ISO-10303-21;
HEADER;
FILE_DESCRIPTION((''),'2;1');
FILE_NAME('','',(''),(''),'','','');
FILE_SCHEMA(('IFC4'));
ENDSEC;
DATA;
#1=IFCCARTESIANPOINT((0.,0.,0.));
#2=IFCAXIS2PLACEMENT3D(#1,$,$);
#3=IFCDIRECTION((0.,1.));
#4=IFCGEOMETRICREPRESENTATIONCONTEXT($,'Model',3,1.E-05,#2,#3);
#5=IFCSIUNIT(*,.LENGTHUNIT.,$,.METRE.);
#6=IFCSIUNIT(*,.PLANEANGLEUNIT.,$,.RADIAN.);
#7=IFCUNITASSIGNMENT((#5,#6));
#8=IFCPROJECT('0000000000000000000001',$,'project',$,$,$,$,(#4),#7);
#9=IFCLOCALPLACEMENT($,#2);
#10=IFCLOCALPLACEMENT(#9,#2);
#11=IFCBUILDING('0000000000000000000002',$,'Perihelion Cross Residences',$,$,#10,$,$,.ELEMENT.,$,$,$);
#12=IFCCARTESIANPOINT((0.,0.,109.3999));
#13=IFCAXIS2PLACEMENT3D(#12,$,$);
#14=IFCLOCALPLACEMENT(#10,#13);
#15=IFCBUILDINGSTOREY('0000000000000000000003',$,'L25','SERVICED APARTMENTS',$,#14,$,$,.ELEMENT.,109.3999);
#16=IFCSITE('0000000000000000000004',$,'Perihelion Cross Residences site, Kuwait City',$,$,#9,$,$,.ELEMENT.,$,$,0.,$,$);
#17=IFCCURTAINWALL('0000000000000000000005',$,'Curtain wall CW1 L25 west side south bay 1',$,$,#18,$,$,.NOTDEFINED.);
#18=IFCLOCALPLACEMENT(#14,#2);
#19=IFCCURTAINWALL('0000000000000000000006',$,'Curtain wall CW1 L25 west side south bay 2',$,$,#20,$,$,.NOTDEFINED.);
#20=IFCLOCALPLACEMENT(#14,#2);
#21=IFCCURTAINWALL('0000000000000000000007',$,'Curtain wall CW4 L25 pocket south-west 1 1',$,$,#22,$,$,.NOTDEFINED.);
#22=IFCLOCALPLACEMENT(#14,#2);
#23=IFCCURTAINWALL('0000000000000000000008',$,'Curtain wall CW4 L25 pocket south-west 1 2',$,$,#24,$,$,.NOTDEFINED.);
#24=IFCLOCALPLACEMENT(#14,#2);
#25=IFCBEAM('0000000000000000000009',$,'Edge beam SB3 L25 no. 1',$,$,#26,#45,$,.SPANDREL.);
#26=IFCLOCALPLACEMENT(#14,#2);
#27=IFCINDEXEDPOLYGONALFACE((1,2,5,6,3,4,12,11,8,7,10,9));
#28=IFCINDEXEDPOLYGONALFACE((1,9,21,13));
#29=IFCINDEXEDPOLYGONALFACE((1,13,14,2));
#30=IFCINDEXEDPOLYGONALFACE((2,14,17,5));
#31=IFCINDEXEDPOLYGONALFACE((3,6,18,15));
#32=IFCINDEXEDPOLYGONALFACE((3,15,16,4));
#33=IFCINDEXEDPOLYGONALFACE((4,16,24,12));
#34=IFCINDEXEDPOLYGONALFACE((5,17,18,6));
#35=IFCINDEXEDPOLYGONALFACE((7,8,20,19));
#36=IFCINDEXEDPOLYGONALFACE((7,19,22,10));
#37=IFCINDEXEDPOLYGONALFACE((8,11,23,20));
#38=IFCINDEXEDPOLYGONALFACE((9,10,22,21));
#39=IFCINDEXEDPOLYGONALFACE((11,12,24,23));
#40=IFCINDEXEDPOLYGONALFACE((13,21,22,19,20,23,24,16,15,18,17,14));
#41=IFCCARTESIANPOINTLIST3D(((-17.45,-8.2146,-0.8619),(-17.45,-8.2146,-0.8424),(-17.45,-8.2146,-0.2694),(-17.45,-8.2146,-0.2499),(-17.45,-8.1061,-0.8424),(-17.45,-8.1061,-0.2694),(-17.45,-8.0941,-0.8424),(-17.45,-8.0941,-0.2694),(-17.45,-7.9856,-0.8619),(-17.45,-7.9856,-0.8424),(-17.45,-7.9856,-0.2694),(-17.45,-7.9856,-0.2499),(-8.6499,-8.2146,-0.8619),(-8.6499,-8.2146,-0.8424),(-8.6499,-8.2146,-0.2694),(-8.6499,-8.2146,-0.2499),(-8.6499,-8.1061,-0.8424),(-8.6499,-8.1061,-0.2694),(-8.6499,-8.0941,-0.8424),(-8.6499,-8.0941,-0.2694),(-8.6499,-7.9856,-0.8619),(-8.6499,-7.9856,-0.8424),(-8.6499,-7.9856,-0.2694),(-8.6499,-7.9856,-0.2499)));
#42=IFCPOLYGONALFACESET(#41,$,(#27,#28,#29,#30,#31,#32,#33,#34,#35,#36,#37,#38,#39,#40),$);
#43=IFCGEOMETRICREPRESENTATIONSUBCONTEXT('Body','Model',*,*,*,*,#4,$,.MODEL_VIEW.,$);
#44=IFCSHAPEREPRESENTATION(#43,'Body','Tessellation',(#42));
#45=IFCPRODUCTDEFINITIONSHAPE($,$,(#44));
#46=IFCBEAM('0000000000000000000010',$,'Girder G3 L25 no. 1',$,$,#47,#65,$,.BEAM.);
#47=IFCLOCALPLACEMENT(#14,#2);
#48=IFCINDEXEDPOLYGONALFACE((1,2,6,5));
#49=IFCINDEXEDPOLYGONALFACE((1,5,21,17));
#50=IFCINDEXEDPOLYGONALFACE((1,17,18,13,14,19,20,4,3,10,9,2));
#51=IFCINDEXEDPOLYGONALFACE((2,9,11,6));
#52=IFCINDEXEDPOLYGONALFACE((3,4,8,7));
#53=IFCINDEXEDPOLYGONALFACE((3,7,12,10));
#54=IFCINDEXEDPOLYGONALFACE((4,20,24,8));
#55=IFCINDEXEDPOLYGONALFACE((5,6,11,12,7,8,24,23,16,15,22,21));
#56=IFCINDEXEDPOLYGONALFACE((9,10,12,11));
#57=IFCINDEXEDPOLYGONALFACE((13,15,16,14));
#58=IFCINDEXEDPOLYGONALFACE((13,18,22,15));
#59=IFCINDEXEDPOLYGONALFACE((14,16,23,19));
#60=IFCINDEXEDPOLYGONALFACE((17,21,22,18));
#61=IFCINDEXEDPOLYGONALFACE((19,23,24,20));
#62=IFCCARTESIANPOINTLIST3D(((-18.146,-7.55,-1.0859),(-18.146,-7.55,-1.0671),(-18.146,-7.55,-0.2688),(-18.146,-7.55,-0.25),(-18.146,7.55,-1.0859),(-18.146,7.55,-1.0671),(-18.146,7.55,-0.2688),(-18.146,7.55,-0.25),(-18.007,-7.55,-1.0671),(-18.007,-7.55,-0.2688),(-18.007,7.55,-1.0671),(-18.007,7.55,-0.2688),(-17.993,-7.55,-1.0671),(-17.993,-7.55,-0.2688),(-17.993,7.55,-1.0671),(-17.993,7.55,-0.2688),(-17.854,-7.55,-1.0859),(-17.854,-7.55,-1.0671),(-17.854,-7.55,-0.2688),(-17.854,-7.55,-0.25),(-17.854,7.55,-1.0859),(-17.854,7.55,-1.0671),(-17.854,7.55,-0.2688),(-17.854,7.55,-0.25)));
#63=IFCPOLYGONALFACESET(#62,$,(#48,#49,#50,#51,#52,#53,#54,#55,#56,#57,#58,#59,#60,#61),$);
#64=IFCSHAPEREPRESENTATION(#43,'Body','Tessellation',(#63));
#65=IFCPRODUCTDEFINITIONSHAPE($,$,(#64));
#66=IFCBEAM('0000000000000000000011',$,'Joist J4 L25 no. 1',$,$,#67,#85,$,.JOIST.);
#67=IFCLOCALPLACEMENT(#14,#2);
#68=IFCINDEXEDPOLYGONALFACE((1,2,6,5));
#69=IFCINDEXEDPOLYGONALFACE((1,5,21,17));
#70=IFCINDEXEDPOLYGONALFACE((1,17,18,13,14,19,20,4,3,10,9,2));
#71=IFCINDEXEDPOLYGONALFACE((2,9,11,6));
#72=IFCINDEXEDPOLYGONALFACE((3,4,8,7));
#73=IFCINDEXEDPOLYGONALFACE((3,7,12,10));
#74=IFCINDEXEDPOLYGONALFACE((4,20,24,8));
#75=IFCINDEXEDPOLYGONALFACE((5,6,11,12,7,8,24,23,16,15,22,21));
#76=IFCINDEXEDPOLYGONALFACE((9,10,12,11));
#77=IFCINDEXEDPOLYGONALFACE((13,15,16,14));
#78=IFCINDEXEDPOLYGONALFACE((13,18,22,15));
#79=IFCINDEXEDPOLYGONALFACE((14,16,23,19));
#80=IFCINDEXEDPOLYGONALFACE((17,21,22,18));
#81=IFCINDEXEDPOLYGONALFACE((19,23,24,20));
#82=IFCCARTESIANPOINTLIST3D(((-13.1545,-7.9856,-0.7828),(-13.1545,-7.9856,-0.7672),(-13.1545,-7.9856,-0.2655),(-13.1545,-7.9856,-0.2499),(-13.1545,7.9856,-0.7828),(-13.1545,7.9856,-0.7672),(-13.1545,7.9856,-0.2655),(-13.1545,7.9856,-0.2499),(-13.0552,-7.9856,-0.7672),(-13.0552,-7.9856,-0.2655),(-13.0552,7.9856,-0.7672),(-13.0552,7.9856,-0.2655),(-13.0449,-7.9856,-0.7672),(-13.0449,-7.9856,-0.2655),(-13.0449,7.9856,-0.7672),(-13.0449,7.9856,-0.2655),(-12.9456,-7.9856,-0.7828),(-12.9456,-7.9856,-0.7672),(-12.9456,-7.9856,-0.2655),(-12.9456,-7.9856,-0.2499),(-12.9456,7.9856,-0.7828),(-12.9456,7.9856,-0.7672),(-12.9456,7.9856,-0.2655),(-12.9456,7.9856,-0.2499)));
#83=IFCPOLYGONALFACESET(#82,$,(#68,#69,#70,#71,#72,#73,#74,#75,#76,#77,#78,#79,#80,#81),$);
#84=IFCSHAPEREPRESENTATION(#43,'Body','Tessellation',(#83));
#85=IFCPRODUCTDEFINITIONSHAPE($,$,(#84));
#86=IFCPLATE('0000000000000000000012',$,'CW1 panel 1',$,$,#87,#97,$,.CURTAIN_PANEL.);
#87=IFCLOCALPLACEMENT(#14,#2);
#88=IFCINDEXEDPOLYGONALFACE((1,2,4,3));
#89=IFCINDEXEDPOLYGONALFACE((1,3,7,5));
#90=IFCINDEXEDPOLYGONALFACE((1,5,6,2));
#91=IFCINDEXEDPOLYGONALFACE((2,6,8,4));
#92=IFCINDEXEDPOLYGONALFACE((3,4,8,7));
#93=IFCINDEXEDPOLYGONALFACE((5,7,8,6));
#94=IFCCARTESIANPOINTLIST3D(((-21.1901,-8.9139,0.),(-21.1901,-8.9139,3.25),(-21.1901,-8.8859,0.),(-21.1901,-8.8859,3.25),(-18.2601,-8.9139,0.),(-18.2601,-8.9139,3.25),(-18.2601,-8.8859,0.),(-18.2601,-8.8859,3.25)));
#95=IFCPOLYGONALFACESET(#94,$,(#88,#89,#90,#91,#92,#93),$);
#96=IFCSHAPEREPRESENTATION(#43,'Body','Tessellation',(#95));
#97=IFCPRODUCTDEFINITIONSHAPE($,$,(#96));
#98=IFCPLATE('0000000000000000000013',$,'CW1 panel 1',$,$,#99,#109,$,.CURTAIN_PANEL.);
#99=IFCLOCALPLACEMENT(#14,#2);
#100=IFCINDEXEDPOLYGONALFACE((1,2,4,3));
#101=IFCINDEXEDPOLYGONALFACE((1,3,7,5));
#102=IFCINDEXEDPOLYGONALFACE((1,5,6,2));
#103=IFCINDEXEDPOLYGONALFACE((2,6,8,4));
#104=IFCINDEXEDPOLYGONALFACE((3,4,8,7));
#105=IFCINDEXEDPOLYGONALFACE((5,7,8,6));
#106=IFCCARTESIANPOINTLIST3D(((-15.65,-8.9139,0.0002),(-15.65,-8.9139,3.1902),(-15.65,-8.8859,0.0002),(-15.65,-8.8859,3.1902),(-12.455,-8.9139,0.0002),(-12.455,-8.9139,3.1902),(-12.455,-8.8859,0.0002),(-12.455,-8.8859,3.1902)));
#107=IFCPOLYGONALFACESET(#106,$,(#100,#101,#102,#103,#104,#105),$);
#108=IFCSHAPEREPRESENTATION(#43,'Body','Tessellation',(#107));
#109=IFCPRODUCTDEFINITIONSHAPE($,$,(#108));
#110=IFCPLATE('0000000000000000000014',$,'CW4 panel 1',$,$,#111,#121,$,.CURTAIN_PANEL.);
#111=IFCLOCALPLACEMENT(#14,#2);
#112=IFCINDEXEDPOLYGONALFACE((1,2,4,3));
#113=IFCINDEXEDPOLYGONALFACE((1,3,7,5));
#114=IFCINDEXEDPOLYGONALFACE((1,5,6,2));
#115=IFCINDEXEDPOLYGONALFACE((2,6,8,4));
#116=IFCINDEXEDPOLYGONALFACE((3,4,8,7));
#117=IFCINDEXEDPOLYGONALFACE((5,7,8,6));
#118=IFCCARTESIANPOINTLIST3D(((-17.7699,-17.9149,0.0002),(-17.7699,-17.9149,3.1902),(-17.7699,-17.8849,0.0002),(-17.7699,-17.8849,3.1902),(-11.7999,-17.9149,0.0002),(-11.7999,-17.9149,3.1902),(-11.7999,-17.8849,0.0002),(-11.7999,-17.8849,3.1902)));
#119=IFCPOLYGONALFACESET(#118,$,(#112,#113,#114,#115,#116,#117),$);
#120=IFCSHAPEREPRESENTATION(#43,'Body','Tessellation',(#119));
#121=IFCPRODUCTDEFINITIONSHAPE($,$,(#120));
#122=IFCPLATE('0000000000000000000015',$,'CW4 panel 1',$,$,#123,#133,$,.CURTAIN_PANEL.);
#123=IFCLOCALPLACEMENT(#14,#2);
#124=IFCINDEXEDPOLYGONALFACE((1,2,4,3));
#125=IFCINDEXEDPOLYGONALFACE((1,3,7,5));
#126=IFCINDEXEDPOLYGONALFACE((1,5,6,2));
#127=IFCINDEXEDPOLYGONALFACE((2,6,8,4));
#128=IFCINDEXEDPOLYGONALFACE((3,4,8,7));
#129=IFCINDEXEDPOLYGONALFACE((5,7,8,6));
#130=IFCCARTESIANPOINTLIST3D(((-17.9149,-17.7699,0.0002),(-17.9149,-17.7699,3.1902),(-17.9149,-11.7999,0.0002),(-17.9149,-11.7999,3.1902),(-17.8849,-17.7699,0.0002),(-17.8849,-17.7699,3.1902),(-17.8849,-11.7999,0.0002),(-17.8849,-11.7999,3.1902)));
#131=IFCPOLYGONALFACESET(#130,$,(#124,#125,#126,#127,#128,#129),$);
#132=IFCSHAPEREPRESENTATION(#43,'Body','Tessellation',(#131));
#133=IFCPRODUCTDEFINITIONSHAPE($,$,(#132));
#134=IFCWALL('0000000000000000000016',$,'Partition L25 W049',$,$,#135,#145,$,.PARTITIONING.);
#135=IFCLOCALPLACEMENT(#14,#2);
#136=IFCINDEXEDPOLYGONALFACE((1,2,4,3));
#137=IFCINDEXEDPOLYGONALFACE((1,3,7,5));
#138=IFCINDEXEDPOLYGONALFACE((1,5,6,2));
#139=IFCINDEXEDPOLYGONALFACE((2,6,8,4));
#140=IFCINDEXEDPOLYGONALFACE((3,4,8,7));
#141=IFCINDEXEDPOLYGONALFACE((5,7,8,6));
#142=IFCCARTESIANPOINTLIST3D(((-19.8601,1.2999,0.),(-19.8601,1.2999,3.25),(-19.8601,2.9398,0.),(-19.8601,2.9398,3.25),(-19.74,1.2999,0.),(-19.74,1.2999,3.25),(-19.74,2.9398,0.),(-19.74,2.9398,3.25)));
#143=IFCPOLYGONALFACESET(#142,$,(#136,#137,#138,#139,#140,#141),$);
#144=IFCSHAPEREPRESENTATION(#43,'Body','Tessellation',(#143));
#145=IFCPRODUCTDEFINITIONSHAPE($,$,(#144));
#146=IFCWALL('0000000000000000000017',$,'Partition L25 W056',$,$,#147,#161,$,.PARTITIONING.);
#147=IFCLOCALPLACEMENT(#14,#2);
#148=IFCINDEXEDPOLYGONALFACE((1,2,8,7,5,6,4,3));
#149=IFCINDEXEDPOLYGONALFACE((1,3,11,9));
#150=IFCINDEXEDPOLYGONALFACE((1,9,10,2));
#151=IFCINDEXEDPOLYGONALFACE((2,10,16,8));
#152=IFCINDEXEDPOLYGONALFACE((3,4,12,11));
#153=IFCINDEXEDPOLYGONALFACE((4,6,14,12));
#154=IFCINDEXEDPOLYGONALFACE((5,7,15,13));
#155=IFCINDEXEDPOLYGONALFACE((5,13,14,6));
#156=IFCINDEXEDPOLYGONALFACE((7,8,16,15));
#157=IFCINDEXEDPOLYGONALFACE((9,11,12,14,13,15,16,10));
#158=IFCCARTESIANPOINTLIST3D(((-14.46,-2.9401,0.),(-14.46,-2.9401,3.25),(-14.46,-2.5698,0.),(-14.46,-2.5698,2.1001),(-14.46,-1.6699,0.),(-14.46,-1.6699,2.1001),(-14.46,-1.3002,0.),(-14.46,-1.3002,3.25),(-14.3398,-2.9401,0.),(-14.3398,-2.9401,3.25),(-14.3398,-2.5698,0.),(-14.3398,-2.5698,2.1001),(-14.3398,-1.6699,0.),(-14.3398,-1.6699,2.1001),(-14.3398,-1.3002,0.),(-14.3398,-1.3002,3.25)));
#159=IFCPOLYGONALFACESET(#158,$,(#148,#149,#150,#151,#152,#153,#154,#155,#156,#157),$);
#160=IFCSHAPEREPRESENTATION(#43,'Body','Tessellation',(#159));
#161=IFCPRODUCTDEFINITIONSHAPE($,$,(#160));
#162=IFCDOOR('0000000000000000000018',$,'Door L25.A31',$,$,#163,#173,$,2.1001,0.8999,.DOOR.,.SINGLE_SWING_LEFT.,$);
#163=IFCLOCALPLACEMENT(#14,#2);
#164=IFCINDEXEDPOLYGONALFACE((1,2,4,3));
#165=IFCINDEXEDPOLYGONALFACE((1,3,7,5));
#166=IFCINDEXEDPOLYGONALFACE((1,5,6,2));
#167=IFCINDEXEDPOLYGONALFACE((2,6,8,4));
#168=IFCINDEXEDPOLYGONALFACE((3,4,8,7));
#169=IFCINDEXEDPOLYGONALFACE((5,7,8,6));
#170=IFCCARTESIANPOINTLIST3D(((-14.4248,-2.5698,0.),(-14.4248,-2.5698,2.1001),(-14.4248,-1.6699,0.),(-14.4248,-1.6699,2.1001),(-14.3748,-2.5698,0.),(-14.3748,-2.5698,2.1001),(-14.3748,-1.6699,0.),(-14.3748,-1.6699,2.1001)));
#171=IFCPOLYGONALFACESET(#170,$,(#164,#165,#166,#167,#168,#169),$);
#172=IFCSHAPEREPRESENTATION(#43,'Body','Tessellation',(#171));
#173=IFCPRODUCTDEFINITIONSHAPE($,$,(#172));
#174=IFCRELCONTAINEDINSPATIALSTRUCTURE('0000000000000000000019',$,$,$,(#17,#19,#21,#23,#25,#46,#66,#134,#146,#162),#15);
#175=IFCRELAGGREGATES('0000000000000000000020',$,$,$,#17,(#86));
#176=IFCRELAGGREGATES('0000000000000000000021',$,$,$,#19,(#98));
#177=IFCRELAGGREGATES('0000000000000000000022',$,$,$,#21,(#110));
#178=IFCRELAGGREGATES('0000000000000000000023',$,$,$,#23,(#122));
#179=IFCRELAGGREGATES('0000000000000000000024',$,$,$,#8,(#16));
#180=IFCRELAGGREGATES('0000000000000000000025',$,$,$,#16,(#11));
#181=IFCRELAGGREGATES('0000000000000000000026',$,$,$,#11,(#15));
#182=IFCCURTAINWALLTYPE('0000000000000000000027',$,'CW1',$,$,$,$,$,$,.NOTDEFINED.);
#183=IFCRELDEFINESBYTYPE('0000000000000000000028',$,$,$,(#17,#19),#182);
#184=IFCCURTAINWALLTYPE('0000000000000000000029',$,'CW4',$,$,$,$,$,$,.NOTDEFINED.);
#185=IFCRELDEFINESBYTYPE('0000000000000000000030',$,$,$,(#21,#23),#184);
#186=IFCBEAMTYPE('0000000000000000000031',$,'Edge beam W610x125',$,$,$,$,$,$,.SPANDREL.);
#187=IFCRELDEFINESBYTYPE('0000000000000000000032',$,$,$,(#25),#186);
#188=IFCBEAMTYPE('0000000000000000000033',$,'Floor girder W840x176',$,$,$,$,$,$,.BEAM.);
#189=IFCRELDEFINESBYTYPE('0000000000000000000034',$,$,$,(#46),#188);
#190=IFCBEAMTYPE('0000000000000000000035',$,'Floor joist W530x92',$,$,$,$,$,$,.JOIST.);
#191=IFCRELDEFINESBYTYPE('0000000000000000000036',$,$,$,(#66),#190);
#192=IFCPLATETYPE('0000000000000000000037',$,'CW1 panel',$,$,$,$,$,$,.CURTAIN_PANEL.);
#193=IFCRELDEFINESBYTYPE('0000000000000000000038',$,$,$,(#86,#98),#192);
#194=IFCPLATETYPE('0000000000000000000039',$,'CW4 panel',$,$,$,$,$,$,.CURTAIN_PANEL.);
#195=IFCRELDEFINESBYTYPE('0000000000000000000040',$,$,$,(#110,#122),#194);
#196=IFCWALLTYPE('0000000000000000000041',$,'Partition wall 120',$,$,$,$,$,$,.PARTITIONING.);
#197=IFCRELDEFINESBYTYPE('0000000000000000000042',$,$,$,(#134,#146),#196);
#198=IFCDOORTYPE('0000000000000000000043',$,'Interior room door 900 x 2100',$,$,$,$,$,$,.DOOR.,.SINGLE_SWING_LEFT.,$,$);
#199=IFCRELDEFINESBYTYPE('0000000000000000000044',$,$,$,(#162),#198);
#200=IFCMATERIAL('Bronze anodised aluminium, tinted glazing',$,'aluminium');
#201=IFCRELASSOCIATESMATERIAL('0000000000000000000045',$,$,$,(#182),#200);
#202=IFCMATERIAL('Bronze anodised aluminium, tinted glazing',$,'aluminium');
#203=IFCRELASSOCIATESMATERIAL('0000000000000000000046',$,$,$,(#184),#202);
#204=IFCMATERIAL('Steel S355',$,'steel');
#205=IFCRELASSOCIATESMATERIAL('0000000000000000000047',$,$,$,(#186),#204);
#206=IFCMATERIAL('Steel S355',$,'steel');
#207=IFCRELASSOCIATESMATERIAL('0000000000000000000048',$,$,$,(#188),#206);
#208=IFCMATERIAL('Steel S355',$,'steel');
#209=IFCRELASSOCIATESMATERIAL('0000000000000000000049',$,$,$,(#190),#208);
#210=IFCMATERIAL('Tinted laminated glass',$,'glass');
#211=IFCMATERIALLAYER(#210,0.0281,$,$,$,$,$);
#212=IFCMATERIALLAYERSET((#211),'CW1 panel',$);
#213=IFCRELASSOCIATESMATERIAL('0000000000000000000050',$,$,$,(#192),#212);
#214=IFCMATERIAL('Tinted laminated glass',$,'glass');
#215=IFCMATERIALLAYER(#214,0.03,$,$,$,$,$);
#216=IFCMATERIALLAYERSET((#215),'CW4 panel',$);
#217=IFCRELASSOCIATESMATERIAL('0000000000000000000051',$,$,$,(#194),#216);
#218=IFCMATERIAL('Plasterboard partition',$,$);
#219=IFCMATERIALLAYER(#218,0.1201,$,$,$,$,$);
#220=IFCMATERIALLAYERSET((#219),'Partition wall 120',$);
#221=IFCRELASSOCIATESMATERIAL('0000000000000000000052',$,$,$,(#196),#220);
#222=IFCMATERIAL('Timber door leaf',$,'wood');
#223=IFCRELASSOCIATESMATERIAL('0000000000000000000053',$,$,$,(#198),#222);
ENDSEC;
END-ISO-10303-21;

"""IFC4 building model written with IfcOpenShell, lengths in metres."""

from ifc_helpers import new_model, si_unit, direction, frame, frame_2d, origin, origin_2d, place, context, subcontext, project, spatial, rectangle, i_section, extrude, material, layer, layer_set, material_profile, profile_set, type_object, element, fill, aggregate, save


model = new_model("IFC4")

# Units and contexts
model_context = context("Model", 3, precision=1e-05, world=origin(), true_north=direction((0.0, 1.0)))
body_context = subcontext(model_context, "Body", "Model", "MODEL_VIEW")
ifc_project = project(units=[si_unit("LENGTHUNIT", "METRE"), si_unit("PLANEANGLEUNIT", "RADIAN")], contexts=[model_context])

# Site, building, storey
site_placement = place(None, origin())
site = spatial("IfcSite", under=ifc_project, at=site_placement, Name="Perihelion Cross Residences site, Kuwait City", CompositionType="ELEMENT", RefElevation=0.0)
building_placement = place(site_placement, origin())
building = spatial("IfcBuilding", under=site, at=building_placement, Name="Perihelion Cross Residences", CompositionType="ELEMENT")
storey_placement = place(building_placement, frame((0.0, 0.0, 109.3999)))
storey = spatial("IfcBuildingStorey", under=building, at=storey_placement, Name="L25", Description="SERVICED APARTMENTS", CompositionType="ELEMENT", Elevation=109.3999)

# Curtain wall
ifc_material_1 = material(Name="Bronze anodised aluminium, tinted glazing", Category="aluminium")
curtain_wall_type_1 = type_object("IfcCurtainWallType", Name="CW1", PredefinedType="NOTDEFINED", material=ifc_material_1)
curtain_wall_1_placement = place(storey_placement, origin())
curtain_wall_1 = element("IfcCurtainWall", 1, at=curtain_wall_1_placement, inside=storey, type_object=curtain_wall_type_1, Name="Curtain wall CW1 L25 west side south bay 1", PredefinedType="NOTDEFINED")

# Curtain wall
curtain_wall_2_placement = place(storey_placement, origin())
curtain_wall_2 = element("IfcCurtainWall", 2, at=curtain_wall_2_placement, inside=storey, type_object=curtain_wall_type_1, Name="Curtain wall CW1 L25 west side south bay 2", PredefinedType="NOTDEFINED")

# Curtain wall
ifc_material_2 = material(Name="Bronze anodised aluminium, tinted glazing", Category="aluminium")
curtain_wall_type_2 = type_object("IfcCurtainWallType", Name="CW4", PredefinedType="NOTDEFINED", material=ifc_material_2)
curtain_wall_3_placement = place(storey_placement, origin())
curtain_wall_3 = element("IfcCurtainWall", 3, at=curtain_wall_3_placement, inside=storey, type_object=curtain_wall_type_2, Name="Curtain wall CW4 L25 pocket south-west 1 1", PredefinedType="NOTDEFINED")

# Curtain wall
curtain_wall_4_placement = place(storey_placement, origin())
curtain_wall_4 = element("IfcCurtainWall", 4, at=curtain_wall_4_placement, inside=storey, type_object=curtain_wall_type_2, Name="Curtain wall CW4 L25 pocket south-west 1 2", PredefinedType="NOTDEFINED")

# Beams
ifc_material_3 = material(Name="Steel S355", Category="steel")
ifc_material_profile_1 = material_profile(ifc_material_3, i_section(OverallWidth=0.229, OverallDepth=0.6121, WebThickness=0.012, FlangeThickness=0.0195, at=origin_2d()), Name="W610x125")
ifc_profile_set_1 = profile_set([ifc_material_profile_1], Name="Steel S355")
beam_type_1 = type_object("IfcBeamType", Name="Edge beam W610x125", PredefinedType="SPANDREL", material=ifc_profile_set_1)
beam_1_placement = place(storey_placement, frame((-17.45, -8.1001, -0.5559), z_axis=(1.0, 0.0, 0.0), x_axis=(0.0, 1.0, 0.0)))
element("IfcBeam", 5, at=beam_1_placement, inside=storey, type_object=beam_type_1, Name="Edge beam SB3 L25 no. 1", PredefinedType="SPANDREL", context=body_context, shape_type="SweptSolid", body=[
    extrude(i_section(OverallWidth=0.229, OverallDepth=0.6121, WebThickness=0.012, FlangeThickness=0.0195, at=origin_2d()), origin(), (0.0, 0.0, 1.0), 8.8),
])
ifc_material_4 = material(Name="Steel S355", Category="steel")
ifc_material_profile_2 = material_profile(ifc_material_4, i_section(OverallWidth=0.292, OverallDepth=0.8359, WebThickness=0.0139, FlangeThickness=0.0188, at=origin_2d()), Name="W840x176")
ifc_profile_set_2 = profile_set([ifc_material_profile_2], Name="Steel S355")
beam_type_2 = type_object("IfcBeamType", Name="Floor girder W840x176", PredefinedType="BEAM", material=ifc_profile_set_2)
beam_2_placement = place(storey_placement, frame((-18.0, -7.55, -0.668), z_axis=(0.0, 1.0, 0.0), x_axis=(-1.0, 0.0, 0.0)))
element("IfcBeam", 6, at=beam_2_placement, inside=storey, type_object=beam_type_2, Name="Girder G3 L25 no. 1", PredefinedType="BEAM", context=body_context, shape_type="SweptSolid", body=[
    extrude(i_section(OverallWidth=0.292, OverallDepth=0.8359, WebThickness=0.0139, FlangeThickness=0.0188, at=origin_2d()), origin(), (0.0, 0.0, 1.0), 15.1001),
])
ifc_material_5 = material(Name="Steel S355", Category="steel")
ifc_material_profile_3 = material_profile(ifc_material_5, i_section(OverallWidth=0.209, OverallDepth=0.533, WebThickness=0.0103, FlangeThickness=0.0156, at=origin_2d()), Name="W530x92")
ifc_profile_set_3 = profile_set([ifc_material_profile_3], Name="Steel S355")
beam_type_3 = type_object("IfcBeamType", Name="Floor joist W530x92", PredefinedType="JOIST", material=ifc_profile_set_3)
beam_3_placement = place(storey_placement, frame((-13.05, -7.9856, -0.5164), z_axis=(0.0, 1.0, 0.0), x_axis=(-1.0, 0.0, 0.0)))
element("IfcBeam", 7, at=beam_3_placement, inside=storey, type_object=beam_type_3, Name="Joist J4 L25 no. 1", PredefinedType="JOIST", context=body_context, shape_type="SweptSolid", body=[
    extrude(i_section(OverallWidth=0.209, OverallDepth=0.533, WebThickness=0.0103, FlangeThickness=0.0156, at=origin_2d()), origin(), (0.0, 0.0, 1.0), 15.9712),
])

# Plates
ifc_material_6 = material(Name="Tinted laminated glass", Category="glass")
ifc_layer_1 = layer(ifc_material_6, 0.0281)
ifc_layer_set_1 = layer_set([ifc_layer_1], Name="CW1 panel")
plate_type_1 = type_object("IfcPlateType", Name="CW1 panel", PredefinedType="CURTAIN_PANEL", material=ifc_layer_set_1)
plate_1_placement = place(storey_placement, frame((-19.7251, -8.8999, 0.0), z_axis=(0.0, 0.0, 1.0), x_axis=(1.0, 0.0, 0.0)))
plate_1 = element("IfcPlate", 8, at=plate_1_placement, type_object=plate_type_1, Name="CW1 panel 1", PredefinedType="CURTAIN_PANEL", context=body_context, shape_type="SweptSolid", body=[
    extrude(rectangle(XDim=2.9299, YDim=0.0281, at=origin_2d()), origin(), (0.0, 0.0, 1.0), 3.25),
])
aggregate(curtain_wall_1, [plate_1])
plate_2_placement = place(storey_placement, frame((-14.0525, -8.8999, 0.0002), z_axis=(0.0, 0.0, 1.0), x_axis=(1.0, 0.0, 0.0)))
plate_2 = element("IfcPlate", 9, at=plate_2_placement, type_object=plate_type_1, Name="CW1 panel 1", PredefinedType="CURTAIN_PANEL", context=body_context, shape_type="SweptSolid", body=[
    extrude(rectangle(XDim=3.1951, YDim=0.0281, at=origin_2d()), origin(), (0.0, 0.0, 1.0), 3.1899),
])
aggregate(curtain_wall_2, [plate_2])
ifc_material_7 = material(Name="Tinted laminated glass", Category="glass")
ifc_layer_2 = layer(ifc_material_7, 0.03)
ifc_layer_set_2 = layer_set([ifc_layer_2], Name="CW4 panel")
plate_type_2 = type_object("IfcPlateType", Name="CW4 panel", PredefinedType="CURTAIN_PANEL", material=ifc_layer_set_2)
plate_3_placement = place(storey_placement, frame((-14.7849, -17.8999, 0.0002), z_axis=(0.0, 0.0, 1.0), x_axis=(-1.0, 0.0, 0.0)))
plate_3 = element("IfcPlate", 10, at=plate_3_placement, type_object=plate_type_2, Name="CW4 panel 1", PredefinedType="CURTAIN_PANEL", context=body_context, shape_type="SweptSolid", body=[
    extrude(rectangle(XDim=5.97, YDim=0.03, at=origin_2d()), origin(), (0.0, 0.0, 1.0), 3.1899),
])
aggregate(curtain_wall_3, [plate_3])
plate_4_placement = place(storey_placement, frame((-17.8999, -14.7849, 0.0002), z_axis=(0.0, 0.0, 1.0), x_axis=(0.0, 1.0, 0.0)))
plate_4 = element("IfcPlate", 11, at=plate_4_placement, type_object=plate_type_2, Name="CW4 panel 1", PredefinedType="CURTAIN_PANEL", context=body_context, shape_type="SweptSolid", body=[
    extrude(rectangle(XDim=5.97, YDim=0.03, at=origin_2d()), origin(), (0.0, 0.0, 1.0), 3.1899),
])
aggregate(curtain_wall_4, [plate_4])

# Wall
ifc_material_8 = material(Name="Plasterboard partition")
ifc_layer_3 = layer(ifc_material_8, 0.1201)
ifc_layer_set_3 = layer_set([ifc_layer_3], Name="Partition wall 120")
wall_type_1 = type_object("IfcWallType", Name="Partition wall 120", PredefinedType="PARTITIONING", material=ifc_layer_set_3)
wall_1_placement = place(storey_placement, frame((-19.8, 1.3, 0.0), z_axis=(0.0, 0.0, 1.0), x_axis=(0.0, 1.0, 0.0)))
element("IfcWall", 12, at=wall_1_placement, inside=storey, type_object=wall_type_1, Name="Partition L25 W049", PredefinedType="PARTITIONING", context=body_context, shape_type="SweptSolid", body=[
    extrude(rectangle(XDim=1.6399, YDim=0.1201, at=frame_2d((0.8198, 0.0))), origin(), (0.0, 0.0, 1.0), 3.25),
])

# Wall, opening, door
wall_2_placement = place(storey_placement, frame((-14.3999, -2.9399, 0.0), z_axis=(0.0, 0.0, 1.0), x_axis=(0.0, 1.0, 0.0)))
wall_2 = element("IfcWall", 13, at=wall_2_placement, inside=storey, type_object=wall_type_1, Name="Partition L25 W056", PredefinedType="PARTITIONING", context=body_context, shape_type="SweptSolid", body=[
    extrude(rectangle(XDim=1.6399, YDim=0.1201, at=frame_2d((0.8198, 0.0))), origin(), (0.0, 0.0, 1.0), 3.25),
])
opening_1_placement = place(wall_2_placement, frame((0.3701, 0.0, 0.0)))
opening_1 = element("IfcOpeningElement", 14, at=opening_1_placement, cuts=wall_2, PredefinedType="OPENING", context=body_context, shape_type="SweptSolid", body=[
    extrude(rectangle(XDim=0.8999, YDim=2.1001, at=frame_2d((0.45, 1.05))), frame((0.0, 0.0701, 0.0), z_axis=(0.0, -1.0, 0.0), x_axis=(1.0, 0.0, 0.0)), (0.0, 0.0, 1.0), 0.1401),
])
ifc_material_9 = material(Name="Timber door leaf", Category="wood")
door_type_1 = type_object("IfcDoorType", Name="Interior room door 900 x 2100", OperationType="SINGLE_SWING_LEFT", PredefinedType="DOOR", material=ifc_material_9)
door_1_placement = place(opening_1_placement, origin())
door_1 = element("IfcDoor", 15, at=door_1_placement, inside=storey, type_object=door_type_1, Name="Door L25.A31", OperationType="SINGLE_SWING_LEFT", OverallHeight=2.1001, OverallWidth=0.8999, PredefinedType="DOOR", context=body_context, shape_type="SweptSolid", body=[
    extrude(rectangle(XDim=0.8999, YDim=2.1001, at=frame_2d((0.45, 1.05))), frame((0.0, 0.0249, 0.0), z_axis=(0.0, -1.0, 0.0), x_axis=(1.0, 0.0, 0.0)), (0.0, 0.0, 1.0), 0.05),
])
fill(opening_1, door_1)

save(model, "model.ifc")
